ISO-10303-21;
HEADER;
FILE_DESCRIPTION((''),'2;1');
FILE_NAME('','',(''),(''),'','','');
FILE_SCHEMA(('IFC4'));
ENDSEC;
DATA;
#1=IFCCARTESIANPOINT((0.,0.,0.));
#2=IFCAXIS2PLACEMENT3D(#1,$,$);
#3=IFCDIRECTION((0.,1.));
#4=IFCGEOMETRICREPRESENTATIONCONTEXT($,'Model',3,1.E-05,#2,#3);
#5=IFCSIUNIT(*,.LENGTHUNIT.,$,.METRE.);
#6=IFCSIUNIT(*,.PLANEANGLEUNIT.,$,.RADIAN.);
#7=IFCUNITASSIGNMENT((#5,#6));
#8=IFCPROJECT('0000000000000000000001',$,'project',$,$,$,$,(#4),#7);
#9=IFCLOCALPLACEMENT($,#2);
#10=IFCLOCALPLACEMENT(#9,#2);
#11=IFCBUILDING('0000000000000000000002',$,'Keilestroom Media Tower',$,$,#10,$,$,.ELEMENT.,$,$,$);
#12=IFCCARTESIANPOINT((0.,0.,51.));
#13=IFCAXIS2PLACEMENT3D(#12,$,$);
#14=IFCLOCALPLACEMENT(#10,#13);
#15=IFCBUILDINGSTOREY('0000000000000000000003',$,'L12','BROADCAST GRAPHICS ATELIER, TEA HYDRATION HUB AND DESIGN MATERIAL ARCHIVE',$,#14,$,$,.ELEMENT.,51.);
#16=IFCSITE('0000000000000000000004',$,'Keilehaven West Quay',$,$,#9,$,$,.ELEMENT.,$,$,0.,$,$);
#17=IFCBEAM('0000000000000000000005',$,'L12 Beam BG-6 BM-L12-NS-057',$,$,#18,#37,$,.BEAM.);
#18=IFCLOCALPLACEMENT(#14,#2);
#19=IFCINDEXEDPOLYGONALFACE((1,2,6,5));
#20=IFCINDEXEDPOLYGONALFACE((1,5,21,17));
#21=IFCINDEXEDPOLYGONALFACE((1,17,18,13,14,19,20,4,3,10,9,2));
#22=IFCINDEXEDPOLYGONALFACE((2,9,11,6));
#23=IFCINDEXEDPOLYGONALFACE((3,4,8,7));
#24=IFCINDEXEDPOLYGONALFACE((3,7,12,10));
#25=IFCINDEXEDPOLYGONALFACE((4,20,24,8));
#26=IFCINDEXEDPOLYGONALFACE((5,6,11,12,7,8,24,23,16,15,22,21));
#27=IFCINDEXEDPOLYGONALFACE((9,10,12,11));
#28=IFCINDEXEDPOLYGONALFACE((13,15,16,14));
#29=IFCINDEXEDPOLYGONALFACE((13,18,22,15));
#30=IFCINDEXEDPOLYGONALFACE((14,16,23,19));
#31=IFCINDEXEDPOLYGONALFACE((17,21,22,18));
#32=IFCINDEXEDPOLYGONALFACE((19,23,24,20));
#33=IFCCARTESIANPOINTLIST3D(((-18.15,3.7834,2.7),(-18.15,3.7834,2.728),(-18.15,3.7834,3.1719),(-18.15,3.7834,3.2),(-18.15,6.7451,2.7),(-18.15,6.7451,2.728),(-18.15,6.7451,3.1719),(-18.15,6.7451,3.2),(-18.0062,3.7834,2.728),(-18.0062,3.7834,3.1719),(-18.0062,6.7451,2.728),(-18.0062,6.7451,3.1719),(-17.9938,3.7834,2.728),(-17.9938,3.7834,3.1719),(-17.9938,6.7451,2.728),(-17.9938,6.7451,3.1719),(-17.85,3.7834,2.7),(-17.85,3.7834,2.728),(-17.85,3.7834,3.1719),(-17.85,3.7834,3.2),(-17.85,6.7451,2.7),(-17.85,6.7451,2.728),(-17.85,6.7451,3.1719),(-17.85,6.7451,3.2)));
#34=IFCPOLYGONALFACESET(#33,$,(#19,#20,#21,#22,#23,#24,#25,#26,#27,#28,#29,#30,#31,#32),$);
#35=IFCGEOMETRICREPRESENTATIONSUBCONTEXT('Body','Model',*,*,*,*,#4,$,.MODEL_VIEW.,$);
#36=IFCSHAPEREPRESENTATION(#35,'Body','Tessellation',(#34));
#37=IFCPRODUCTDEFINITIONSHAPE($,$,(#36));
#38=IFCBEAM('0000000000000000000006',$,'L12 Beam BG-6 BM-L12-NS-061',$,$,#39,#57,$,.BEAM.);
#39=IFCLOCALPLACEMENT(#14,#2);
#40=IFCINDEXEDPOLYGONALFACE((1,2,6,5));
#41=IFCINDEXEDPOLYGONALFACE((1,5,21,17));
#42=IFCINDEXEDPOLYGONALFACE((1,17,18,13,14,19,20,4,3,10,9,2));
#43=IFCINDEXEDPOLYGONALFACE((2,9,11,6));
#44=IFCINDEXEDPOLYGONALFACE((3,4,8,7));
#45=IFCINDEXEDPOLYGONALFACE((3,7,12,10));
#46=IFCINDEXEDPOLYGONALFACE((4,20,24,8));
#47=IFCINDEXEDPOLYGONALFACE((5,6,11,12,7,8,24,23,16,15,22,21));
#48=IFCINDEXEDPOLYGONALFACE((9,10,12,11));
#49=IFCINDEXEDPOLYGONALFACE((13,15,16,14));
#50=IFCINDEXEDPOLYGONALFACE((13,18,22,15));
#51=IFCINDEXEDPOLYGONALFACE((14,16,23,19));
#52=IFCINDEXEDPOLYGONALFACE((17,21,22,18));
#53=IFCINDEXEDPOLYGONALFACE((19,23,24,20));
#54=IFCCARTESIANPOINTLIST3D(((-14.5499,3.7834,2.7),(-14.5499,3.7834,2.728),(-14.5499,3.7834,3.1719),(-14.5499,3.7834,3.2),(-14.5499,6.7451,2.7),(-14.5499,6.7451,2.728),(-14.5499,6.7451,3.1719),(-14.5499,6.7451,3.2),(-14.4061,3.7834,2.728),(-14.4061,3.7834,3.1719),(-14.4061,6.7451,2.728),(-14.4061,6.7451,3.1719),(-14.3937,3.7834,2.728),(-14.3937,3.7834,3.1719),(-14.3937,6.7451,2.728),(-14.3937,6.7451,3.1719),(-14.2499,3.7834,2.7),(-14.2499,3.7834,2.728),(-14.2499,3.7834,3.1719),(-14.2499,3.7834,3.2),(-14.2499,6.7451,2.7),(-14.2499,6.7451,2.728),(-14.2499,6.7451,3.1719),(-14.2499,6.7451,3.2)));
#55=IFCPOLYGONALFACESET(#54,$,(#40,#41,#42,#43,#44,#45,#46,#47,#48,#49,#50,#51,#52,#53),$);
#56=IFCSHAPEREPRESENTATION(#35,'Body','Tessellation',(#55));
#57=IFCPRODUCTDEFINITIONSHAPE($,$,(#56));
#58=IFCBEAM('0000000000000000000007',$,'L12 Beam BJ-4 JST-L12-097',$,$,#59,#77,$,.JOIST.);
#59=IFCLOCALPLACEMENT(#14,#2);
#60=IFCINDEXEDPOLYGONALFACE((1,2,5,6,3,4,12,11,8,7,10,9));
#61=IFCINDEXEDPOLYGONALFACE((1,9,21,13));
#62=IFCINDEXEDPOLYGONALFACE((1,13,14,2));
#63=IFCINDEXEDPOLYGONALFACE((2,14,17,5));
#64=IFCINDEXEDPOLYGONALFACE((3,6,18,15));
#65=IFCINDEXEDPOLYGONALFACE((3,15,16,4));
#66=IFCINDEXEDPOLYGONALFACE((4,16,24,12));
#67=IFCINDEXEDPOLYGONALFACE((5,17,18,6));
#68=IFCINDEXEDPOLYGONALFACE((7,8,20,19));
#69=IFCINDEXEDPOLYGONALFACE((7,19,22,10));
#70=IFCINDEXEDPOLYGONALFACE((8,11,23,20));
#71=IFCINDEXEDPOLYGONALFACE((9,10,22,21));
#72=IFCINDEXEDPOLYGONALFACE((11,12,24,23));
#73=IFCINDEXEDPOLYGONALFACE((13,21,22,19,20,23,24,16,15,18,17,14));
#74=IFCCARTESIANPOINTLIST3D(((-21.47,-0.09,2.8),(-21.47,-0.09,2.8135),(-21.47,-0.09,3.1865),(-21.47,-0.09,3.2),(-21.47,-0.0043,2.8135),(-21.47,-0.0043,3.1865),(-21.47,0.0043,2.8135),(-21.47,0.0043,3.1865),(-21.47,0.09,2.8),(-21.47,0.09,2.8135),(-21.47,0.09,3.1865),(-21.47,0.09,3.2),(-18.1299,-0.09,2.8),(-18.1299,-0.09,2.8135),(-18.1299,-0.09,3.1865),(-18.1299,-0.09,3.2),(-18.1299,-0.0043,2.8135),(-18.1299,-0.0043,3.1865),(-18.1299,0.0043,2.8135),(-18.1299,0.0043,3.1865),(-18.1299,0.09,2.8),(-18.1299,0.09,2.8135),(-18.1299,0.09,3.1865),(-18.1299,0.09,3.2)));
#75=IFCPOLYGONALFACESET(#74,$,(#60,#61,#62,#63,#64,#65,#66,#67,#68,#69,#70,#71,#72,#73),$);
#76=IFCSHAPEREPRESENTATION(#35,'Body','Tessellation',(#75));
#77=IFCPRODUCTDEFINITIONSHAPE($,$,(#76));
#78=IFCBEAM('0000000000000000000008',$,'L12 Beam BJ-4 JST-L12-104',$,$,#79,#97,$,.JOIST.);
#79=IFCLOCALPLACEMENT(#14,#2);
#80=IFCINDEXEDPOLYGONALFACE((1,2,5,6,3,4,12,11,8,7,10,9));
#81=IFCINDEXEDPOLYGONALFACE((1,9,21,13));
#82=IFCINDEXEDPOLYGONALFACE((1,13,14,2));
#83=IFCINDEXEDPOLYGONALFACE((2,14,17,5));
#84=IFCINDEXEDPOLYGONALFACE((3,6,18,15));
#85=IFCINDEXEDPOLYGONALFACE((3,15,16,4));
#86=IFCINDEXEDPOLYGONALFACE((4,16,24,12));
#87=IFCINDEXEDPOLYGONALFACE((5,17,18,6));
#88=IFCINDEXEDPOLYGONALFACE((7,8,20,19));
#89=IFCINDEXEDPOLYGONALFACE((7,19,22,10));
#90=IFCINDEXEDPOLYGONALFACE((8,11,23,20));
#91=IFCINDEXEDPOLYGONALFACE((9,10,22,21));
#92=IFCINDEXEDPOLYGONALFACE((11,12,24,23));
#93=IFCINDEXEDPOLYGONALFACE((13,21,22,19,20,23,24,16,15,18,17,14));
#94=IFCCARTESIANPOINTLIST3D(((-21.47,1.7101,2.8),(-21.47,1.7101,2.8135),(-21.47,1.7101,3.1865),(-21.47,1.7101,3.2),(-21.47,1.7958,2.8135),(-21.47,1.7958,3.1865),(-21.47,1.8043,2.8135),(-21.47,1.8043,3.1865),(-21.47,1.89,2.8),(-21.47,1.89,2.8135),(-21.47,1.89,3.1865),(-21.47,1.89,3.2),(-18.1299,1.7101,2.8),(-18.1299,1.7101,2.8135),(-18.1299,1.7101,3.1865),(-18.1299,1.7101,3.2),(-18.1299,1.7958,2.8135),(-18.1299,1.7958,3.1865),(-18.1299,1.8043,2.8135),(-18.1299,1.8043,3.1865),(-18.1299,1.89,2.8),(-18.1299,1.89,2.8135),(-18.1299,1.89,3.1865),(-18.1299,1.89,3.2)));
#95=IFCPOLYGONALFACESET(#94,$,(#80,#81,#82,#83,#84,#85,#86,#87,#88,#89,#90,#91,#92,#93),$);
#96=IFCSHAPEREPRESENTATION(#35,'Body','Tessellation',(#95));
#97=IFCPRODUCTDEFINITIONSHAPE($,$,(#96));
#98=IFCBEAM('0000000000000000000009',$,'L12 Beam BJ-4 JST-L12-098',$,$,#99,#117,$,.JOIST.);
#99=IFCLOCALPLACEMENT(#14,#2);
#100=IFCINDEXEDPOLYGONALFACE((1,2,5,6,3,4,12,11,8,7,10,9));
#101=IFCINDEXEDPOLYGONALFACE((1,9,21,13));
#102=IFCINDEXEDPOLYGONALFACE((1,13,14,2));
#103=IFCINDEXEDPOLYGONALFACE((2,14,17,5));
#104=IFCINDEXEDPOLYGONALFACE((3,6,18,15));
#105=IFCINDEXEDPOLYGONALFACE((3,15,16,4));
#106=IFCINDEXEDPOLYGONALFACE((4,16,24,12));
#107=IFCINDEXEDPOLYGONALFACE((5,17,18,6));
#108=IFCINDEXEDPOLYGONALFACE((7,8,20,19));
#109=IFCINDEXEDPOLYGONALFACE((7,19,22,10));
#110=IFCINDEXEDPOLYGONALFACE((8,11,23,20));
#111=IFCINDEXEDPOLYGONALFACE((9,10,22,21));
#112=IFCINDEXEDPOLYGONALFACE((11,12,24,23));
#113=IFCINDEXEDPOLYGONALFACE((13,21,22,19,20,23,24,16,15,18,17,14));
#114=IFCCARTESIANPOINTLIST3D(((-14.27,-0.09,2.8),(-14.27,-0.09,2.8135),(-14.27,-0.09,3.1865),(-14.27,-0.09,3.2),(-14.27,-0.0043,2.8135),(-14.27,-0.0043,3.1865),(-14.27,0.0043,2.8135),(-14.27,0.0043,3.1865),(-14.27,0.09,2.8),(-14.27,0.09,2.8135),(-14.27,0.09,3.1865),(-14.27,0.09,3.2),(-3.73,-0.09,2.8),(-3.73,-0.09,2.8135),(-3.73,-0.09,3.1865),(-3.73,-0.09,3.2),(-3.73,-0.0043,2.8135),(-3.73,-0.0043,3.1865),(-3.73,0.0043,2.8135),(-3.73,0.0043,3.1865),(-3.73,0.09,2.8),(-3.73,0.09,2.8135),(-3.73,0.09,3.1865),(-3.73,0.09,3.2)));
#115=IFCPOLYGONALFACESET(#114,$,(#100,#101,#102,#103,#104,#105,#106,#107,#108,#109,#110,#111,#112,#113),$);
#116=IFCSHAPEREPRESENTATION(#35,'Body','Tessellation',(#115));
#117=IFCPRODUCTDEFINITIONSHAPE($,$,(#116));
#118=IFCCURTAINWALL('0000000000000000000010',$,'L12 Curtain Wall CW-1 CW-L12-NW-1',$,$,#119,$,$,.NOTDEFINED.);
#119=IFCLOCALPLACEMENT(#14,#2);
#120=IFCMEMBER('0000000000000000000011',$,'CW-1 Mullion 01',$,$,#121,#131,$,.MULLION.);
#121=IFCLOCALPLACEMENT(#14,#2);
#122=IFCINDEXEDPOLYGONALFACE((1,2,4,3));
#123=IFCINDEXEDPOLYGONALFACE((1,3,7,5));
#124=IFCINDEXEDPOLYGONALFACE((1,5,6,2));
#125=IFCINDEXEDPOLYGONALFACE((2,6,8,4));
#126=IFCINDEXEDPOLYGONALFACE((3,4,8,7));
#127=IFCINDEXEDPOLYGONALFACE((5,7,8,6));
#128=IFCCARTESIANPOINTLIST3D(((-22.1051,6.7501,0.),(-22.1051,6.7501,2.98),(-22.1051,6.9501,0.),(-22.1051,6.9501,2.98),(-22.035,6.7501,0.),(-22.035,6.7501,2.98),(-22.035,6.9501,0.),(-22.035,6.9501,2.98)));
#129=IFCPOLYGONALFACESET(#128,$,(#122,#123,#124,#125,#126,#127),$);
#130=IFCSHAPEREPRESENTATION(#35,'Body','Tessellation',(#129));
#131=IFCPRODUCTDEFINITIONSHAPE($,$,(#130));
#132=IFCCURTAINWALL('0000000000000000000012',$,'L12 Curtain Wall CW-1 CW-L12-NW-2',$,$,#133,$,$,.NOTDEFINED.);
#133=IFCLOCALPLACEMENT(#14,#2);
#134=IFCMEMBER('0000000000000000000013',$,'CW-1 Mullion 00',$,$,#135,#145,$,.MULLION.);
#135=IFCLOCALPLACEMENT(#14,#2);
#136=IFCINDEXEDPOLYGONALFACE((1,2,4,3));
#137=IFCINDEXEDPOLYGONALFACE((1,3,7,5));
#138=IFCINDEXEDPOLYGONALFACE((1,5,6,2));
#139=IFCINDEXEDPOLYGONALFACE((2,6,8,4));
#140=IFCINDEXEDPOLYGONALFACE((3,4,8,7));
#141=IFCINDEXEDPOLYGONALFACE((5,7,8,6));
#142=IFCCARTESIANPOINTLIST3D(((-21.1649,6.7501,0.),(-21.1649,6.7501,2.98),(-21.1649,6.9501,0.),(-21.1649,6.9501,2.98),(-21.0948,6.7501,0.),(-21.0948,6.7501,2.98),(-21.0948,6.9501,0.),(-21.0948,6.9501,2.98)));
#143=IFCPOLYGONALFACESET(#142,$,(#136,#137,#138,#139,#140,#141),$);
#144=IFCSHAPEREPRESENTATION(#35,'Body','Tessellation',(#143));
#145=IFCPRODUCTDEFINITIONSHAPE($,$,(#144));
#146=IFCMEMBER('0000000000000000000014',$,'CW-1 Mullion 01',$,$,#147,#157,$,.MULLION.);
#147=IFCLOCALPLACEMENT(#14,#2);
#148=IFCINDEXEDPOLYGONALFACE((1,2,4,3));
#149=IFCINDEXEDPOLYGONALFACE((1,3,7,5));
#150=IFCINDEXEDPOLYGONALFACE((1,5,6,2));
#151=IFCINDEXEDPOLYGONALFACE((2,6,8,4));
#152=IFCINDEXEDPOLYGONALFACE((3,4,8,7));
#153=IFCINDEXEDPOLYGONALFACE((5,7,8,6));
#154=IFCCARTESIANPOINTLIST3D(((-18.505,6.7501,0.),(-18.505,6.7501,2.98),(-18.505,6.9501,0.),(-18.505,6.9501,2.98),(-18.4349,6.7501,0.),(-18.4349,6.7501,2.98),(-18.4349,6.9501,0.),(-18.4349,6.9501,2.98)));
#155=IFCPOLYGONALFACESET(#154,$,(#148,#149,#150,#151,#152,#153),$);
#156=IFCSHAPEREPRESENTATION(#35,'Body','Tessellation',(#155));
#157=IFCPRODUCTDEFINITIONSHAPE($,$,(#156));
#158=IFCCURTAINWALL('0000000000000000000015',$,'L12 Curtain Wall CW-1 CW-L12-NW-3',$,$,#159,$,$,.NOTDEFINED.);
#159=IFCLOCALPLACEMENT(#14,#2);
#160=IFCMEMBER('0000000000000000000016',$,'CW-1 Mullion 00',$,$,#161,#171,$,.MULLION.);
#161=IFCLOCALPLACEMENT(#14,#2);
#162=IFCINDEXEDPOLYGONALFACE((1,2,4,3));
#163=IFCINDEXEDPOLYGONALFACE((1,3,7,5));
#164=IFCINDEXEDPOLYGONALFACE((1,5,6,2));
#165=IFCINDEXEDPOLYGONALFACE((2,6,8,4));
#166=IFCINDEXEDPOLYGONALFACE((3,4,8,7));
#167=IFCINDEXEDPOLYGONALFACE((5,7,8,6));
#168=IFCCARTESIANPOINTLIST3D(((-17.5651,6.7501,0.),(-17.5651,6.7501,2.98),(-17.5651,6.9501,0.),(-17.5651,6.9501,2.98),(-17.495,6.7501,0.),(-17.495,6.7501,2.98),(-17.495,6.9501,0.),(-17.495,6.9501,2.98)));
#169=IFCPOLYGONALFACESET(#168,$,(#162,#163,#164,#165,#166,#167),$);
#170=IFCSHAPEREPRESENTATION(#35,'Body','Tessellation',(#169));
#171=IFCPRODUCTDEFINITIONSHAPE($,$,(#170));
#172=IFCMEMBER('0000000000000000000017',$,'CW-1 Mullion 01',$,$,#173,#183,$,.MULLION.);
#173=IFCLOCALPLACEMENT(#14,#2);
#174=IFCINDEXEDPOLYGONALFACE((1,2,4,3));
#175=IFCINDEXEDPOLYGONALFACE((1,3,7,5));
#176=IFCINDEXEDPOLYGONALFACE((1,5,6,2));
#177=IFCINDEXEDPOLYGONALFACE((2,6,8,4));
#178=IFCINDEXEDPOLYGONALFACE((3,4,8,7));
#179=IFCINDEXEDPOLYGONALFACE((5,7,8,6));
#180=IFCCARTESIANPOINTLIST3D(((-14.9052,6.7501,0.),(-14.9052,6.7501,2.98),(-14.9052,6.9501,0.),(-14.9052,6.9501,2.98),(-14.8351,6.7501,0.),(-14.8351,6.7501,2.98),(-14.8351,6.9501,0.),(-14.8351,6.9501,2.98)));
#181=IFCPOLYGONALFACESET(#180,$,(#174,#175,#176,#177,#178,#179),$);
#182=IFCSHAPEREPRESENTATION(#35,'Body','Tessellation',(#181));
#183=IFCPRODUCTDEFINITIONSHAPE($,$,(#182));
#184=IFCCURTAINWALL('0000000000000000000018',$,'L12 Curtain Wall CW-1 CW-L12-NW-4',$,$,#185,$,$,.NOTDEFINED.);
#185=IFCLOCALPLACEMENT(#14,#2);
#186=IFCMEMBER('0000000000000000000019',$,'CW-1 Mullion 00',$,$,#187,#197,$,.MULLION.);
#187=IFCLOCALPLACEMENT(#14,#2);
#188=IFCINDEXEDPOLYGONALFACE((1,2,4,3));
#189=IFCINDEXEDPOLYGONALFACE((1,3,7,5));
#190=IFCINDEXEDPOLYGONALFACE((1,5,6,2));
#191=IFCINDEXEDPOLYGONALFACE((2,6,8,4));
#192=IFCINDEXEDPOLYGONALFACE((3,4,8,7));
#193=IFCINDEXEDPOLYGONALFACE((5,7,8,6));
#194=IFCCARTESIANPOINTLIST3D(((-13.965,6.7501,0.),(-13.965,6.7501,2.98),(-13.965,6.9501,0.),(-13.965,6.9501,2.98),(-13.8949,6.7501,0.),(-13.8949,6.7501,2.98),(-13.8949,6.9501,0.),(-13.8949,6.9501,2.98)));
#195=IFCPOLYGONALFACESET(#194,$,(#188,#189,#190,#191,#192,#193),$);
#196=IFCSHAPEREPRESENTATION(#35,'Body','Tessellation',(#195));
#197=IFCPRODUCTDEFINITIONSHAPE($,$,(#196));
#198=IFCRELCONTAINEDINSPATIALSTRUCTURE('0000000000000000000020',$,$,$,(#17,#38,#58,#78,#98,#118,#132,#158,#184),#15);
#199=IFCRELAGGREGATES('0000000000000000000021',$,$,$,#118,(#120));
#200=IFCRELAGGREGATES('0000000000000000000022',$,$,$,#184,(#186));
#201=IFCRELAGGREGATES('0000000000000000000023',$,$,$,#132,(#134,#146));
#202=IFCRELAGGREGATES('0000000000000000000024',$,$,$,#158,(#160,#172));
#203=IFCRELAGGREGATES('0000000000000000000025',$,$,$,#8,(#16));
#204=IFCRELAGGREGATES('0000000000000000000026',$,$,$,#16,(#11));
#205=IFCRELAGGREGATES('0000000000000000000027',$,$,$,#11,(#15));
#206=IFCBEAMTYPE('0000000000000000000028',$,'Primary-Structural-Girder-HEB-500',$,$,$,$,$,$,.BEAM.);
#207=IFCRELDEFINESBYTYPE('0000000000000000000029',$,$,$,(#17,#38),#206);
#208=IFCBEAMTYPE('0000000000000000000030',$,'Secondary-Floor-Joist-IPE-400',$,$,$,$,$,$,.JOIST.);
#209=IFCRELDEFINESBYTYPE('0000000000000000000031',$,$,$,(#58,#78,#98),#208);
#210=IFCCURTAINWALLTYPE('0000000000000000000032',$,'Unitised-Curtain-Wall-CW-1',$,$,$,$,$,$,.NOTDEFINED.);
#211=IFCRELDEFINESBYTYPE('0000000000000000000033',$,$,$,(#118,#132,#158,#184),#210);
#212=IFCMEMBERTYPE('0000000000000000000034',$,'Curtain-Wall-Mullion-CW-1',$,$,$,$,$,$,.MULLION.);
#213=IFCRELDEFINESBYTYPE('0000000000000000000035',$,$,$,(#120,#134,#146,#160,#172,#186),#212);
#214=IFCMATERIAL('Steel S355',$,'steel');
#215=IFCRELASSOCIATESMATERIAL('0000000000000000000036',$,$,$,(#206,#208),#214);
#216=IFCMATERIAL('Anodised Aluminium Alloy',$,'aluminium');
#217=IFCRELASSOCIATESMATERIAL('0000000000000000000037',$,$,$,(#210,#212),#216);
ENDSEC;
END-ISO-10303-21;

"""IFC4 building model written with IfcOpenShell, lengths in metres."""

from ifc_helpers import new_model, si_unit, direction, frame, origin, origin_2d, place, context, subcontext, project, spatial, rectangle, i_section, extrude, source, transform, mapped, material, material_profile, profile_set, type_object, element, aggregate, save


model = new_model("IFC4")

# Units and contexts
model_context = context("Model", 3, precision=1e-05, world=origin(), true_north=direction((0.0, 1.0)))
body_context = subcontext(model_context, "Body", "Model", "MODEL_VIEW")
ifc_project = project(units=[si_unit("LENGTHUNIT", "METRE"), si_unit("PLANEANGLEUNIT", "RADIAN")], contexts=[model_context])

# Site, building, storey
site_placement = place(None, origin())
site = spatial("IfcSite", under=ifc_project, at=site_placement, Name="Keilehaven West Quay", CompositionType="ELEMENT", RefElevation=0.0)
building_placement = place(site_placement, origin())
building = spatial("IfcBuilding", under=site, at=building_placement, Name="Keilestroom Media Tower", CompositionType="ELEMENT")
storey_placement = place(building_placement, frame((0.0, 0.0, 51.0)))
storey = spatial("IfcBuildingStorey", under=building, at=storey_placement, Name="L12", Description="BROADCAST GRAPHICS ATELIER, TEA HYDRATION HUB AND DESIGN MATERIAL ARCHIVE", CompositionType="ELEMENT", Elevation=51.0)

# Beams
ifc_material_1 = material(Name="Steel S355", Category="steel")
ifc_material_profile_1 = material_profile(ifc_material_1, i_section(OverallWidth=0.3, OverallDepth=0.5, WebThickness=0.0125, FlangeThickness=0.0281, at=origin_2d()), Name="HEB 500")
ifc_profile_set_1 = profile_set([ifc_material_profile_1], Name="Steel S355")
beam_type_1 = type_object("IfcBeamType", Name="Primary-Structural-Girder-HEB-500", PredefinedType="BEAM", material=ifc_profile_set_1)
shared_shape_1 = source(origin(), body_context, "Body", "SweptSolid", [
    extrude(i_section(OverallWidth=0.3, OverallDepth=0.5, WebThickness=0.0125, FlangeThickness=0.0281, at=origin_2d()), origin(), (0.0, 0.0, 1.0), 2.9617),
])
for number, where, z_axis, x_axis, name in (
    (1, (-18.0, 3.7834, 2.95), (0.0, 1.0, 0.0), (-1.0, 0.0, 0.0), "L12 Beam BG-6 BM-L12-NS-057"),
    (2, (-14.3999, 3.7834, 2.95), (0.0, 1.0, 0.0), (-1.0, 0.0, 0.0), "L12 Beam BG-6 BM-L12-NS-061"),
):
    element("IfcBeam", number, at=place(storey_placement, frame(where, z_axis=z_axis, x_axis=x_axis)), inside=storey, type_object=beam_type_1, Name=name, PredefinedType="BEAM", context=body_context, shape_type="MappedRepresentation", body=[
        mapped(shared_shape_1, transform((0.0, 0.0, 0.0), x_axis=(1.0, 0.0, 0.0), y_axis=(0.0, 1.0, 0.0), z_axis=(0.0, 0.0, 1.0), scale=1.0)),
    ])
ifc_material_profile_2 = material_profile(ifc_material_1, i_section(OverallWidth=0.1799, OverallDepth=0.3999, WebThickness=0.0085, FlangeThickness=0.0134, at=origin_2d()), Name="IPE 400")
ifc_profile_set_2 = profile_set([ifc_material_profile_2], Name="Steel S355")
beam_type_2 = type_object("IfcBeamType", Name="Secondary-Floor-Joist-IPE-400", PredefinedType="JOIST", material=ifc_profile_set_2)
shared_shape_2 = source(origin(), body_context, "Body", "SweptSolid", [
    extrude(i_section(OverallWidth=0.1799, OverallDepth=0.3999, WebThickness=0.0085, FlangeThickness=0.0134, at=origin_2d()), origin(), (0.0, 0.0, 1.0), 3.3401),
])
for number, where, z_axis, x_axis, name in (
    (3, (-21.47, 0.0, 3.0), (1.0, 0.0, 0.0), (0.0, 1.0, 0.0), "L12 Beam BJ-4 JST-L12-097"),
    (4, (-21.47, 1.8, 3.0), (1.0, 0.0, 0.0), (0.0, 1.0, 0.0), "L12 Beam BJ-4 JST-L12-104"),
):
    element("IfcBeam", number, at=place(storey_placement, frame(where, z_axis=z_axis, x_axis=x_axis)), inside=storey, type_object=beam_type_2, Name=name, PredefinedType="JOIST", context=body_context, shape_type="MappedRepresentation", body=[
        mapped(shared_shape_2, transform((0.0, 0.0, 0.0), x_axis=(1.0, 0.0, 0.0), y_axis=(0.0, 1.0, 0.0), z_axis=(0.0, 0.0, 1.0), scale=1.0)),
    ])
shared_shape_3 = source(origin(), body_context, "Body", "SweptSolid", [
    extrude(i_section(OverallWidth=0.1799, OverallDepth=0.3999, WebThickness=0.0085, FlangeThickness=0.0134, at=origin_2d()), origin(), (0.0, 0.0, 1.0), 10.54),
])
beam_placement = place(storey_placement, frame((-14.27, 0.0, 3.0), z_axis=(1.0, 0.0, 0.0), x_axis=(0.0, 1.0, 0.0)))
element("IfcBeam", 5, at=beam_placement, inside=storey, type_object=beam_type_2, Name="L12 Beam BJ-4 JST-L12-098", PredefinedType="JOIST", context=body_context, shape_type="MappedRepresentation", body=[
    mapped(shared_shape_3, transform((0.0, 0.0, 0.0), x_axis=(1.0, 0.0, 0.0), y_axis=(0.0, 1.0, 0.0), z_axis=(0.0, 0.0, 1.0), scale=1.0)),
])

# Curtain wall, member
ifc_material_2 = material(Name="Anodised Aluminium Alloy", Category="aluminium")
curtain_wall_type = type_object("IfcCurtainWallType", Name="Unitised-Curtain-Wall-CW-1", PredefinedType="NOTDEFINED", material=ifc_material_2)
curtain_wall_1_placement = place(storey_placement, origin())
curtain_wall_1 = element("IfcCurtainWall", 6, at=curtain_wall_1_placement, inside=storey, type_object=curtain_wall_type, Name="L12 Curtain Wall CW-1 CW-L12-NW-1", PredefinedType="NOTDEFINED")
ifc_material_profile_3 = material_profile(ifc_material_2, rectangle(XDim=0.0701, YDim=0.2, at=origin_2d()), Name="ALU MULLION 70x200")
ifc_profile_set_3 = profile_set([ifc_material_profile_3], Name="Anodised Aluminium Alloy")
member_type_1 = type_object("IfcMemberType", Name="Curtain-Wall-Mullion-CW-1", PredefinedType="MULLION", material=ifc_profile_set_3)
shared_shape_4 = source(origin(), body_context, "Body", "SweptSolid", [
    extrude(rectangle(XDim=0.0701, YDim=0.2, at=origin_2d()), origin(), (0.0, 0.0, 1.0), 2.98),
])
member_1_placement = place(storey_placement, frame((-22.0701, 6.8501, 0.0), z_axis=(0.0, 0.0, 1.0), x_axis=(1.0, 0.0, 0.0)))
member_1 = element("IfcMember", 7, at=member_1_placement, type_object=member_type_1, Name="CW-1 Mullion 01", PredefinedType="MULLION", context=body_context, shape_type="MappedRepresentation", body=[
    mapped(shared_shape_4, transform((0.0, 0.0, 0.0), x_axis=(1.0, 0.0, 0.0), y_axis=(0.0, 1.0, 0.0), z_axis=(0.0, 0.0, 1.0), scale=1.0)),
])
aggregate(curtain_wall_1, [member_1])

# Curtain walls, members
curtain_wall_2_placement = place(storey_placement, origin())
curtain_wall_2 = element("IfcCurtainWall", 8, at=curtain_wall_2_placement, inside=storey, type_object=curtain_wall_type, Name="L12 Curtain Wall CW-1 CW-L12-NW-2", PredefinedType="NOTDEFINED")
member_2_placement = place(storey_placement, frame((-21.1299, 6.8501, 0.0), z_axis=(0.0, 0.0, 1.0), x_axis=(1.0, 0.0, 0.0)))
member_2 = element("IfcMember", 9, at=member_2_placement, type_object=member_type_1, Name="CW-1 Mullion 00", PredefinedType="MULLION", context=body_context, shape_type="MappedRepresentation", body=[
    mapped(shared_shape_4, transform((0.0, 0.0, 0.0), x_axis=(1.0, 0.0, 0.0), y_axis=(0.0, 1.0, 0.0), z_axis=(0.0, 0.0, 1.0), scale=1.0)),
])
member_3_placement = place(storey_placement, frame((-18.47, 6.8501, 0.0), z_axis=(0.0, 0.0, 1.0), x_axis=(1.0, 0.0, 0.0)))
member_3 = element("IfcMember", 10, at=member_3_placement, type_object=member_type_1, Name="CW-1 Mullion 01", PredefinedType="MULLION", context=body_context, shape_type="MappedRepresentation", body=[
    mapped(shared_shape_4, transform((0.0, 0.0, 0.0), x_axis=(1.0, 0.0, 0.0), y_axis=(0.0, 1.0, 0.0), z_axis=(0.0, 0.0, 1.0), scale=1.0)),
])
curtain_wall_3_placement = place(storey_placement, origin())
curtain_wall_3 = element("IfcCurtainWall", 11, at=curtain_wall_3_placement, inside=storey, type_object=curtain_wall_type, Name="L12 Curtain Wall CW-1 CW-L12-NW-3", PredefinedType="NOTDEFINED")
member_4_placement = place(storey_placement, frame((-17.53, 6.8501, 0.0), z_axis=(0.0, 0.0, 1.0), x_axis=(1.0, 0.0, 0.0)))
member_4 = element("IfcMember", 12, at=member_4_placement, type_object=member_type_1, Name="CW-1 Mullion 00", PredefinedType="MULLION", context=body_context, shape_type="MappedRepresentation", body=[
    mapped(shared_shape_4, transform((0.0, 0.0, 0.0), x_axis=(1.0, 0.0, 0.0), y_axis=(0.0, 1.0, 0.0), z_axis=(0.0, 0.0, 1.0), scale=1.0)),
])
member_5_placement = place(storey_placement, frame((-14.8701, 6.8501, 0.0), z_axis=(0.0, 0.0, 1.0), x_axis=(1.0, 0.0, 0.0)))
member_5 = element("IfcMember", 13, at=member_5_placement, type_object=member_type_1, Name="CW-1 Mullion 01", PredefinedType="MULLION", context=body_context, shape_type="MappedRepresentation", body=[
    mapped(shared_shape_4, transform((0.0, 0.0, 0.0), x_axis=(1.0, 0.0, 0.0), y_axis=(0.0, 1.0, 0.0), z_axis=(0.0, 0.0, 1.0), scale=1.0)),
])

# Curtain wall, member
curtain_wall_4_placement = place(storey_placement, origin())
curtain_wall_4 = element("IfcCurtainWall", 14, at=curtain_wall_4_placement, inside=storey, type_object=curtain_wall_type, Name="L12 Curtain Wall CW-1 CW-L12-NW-4", PredefinedType="NOTDEFINED")
member_6_placement = place(storey_placement, frame((-13.9299, 6.8501, 0.0), z_axis=(0.0, 0.0, 1.0), x_axis=(1.0, 0.0, 0.0)))
member_6 = element("IfcMember", 15, at=member_6_placement, type_object=member_type_1, Name="CW-1 Mullion 00", PredefinedType="MULLION", context=body_context, shape_type="MappedRepresentation", body=[
    mapped(shared_shape_4, transform((0.0, 0.0, 0.0), x_axis=(1.0, 0.0, 0.0), y_axis=(0.0, 1.0, 0.0), z_axis=(0.0, 0.0, 1.0), scale=1.0)),
])

aggregate(curtain_wall_4, [member_6])

aggregate(curtain_wall_2, [member_2, member_3])
aggregate(curtain_wall_3, [member_4, member_5])

save(model, "model.ifc")
